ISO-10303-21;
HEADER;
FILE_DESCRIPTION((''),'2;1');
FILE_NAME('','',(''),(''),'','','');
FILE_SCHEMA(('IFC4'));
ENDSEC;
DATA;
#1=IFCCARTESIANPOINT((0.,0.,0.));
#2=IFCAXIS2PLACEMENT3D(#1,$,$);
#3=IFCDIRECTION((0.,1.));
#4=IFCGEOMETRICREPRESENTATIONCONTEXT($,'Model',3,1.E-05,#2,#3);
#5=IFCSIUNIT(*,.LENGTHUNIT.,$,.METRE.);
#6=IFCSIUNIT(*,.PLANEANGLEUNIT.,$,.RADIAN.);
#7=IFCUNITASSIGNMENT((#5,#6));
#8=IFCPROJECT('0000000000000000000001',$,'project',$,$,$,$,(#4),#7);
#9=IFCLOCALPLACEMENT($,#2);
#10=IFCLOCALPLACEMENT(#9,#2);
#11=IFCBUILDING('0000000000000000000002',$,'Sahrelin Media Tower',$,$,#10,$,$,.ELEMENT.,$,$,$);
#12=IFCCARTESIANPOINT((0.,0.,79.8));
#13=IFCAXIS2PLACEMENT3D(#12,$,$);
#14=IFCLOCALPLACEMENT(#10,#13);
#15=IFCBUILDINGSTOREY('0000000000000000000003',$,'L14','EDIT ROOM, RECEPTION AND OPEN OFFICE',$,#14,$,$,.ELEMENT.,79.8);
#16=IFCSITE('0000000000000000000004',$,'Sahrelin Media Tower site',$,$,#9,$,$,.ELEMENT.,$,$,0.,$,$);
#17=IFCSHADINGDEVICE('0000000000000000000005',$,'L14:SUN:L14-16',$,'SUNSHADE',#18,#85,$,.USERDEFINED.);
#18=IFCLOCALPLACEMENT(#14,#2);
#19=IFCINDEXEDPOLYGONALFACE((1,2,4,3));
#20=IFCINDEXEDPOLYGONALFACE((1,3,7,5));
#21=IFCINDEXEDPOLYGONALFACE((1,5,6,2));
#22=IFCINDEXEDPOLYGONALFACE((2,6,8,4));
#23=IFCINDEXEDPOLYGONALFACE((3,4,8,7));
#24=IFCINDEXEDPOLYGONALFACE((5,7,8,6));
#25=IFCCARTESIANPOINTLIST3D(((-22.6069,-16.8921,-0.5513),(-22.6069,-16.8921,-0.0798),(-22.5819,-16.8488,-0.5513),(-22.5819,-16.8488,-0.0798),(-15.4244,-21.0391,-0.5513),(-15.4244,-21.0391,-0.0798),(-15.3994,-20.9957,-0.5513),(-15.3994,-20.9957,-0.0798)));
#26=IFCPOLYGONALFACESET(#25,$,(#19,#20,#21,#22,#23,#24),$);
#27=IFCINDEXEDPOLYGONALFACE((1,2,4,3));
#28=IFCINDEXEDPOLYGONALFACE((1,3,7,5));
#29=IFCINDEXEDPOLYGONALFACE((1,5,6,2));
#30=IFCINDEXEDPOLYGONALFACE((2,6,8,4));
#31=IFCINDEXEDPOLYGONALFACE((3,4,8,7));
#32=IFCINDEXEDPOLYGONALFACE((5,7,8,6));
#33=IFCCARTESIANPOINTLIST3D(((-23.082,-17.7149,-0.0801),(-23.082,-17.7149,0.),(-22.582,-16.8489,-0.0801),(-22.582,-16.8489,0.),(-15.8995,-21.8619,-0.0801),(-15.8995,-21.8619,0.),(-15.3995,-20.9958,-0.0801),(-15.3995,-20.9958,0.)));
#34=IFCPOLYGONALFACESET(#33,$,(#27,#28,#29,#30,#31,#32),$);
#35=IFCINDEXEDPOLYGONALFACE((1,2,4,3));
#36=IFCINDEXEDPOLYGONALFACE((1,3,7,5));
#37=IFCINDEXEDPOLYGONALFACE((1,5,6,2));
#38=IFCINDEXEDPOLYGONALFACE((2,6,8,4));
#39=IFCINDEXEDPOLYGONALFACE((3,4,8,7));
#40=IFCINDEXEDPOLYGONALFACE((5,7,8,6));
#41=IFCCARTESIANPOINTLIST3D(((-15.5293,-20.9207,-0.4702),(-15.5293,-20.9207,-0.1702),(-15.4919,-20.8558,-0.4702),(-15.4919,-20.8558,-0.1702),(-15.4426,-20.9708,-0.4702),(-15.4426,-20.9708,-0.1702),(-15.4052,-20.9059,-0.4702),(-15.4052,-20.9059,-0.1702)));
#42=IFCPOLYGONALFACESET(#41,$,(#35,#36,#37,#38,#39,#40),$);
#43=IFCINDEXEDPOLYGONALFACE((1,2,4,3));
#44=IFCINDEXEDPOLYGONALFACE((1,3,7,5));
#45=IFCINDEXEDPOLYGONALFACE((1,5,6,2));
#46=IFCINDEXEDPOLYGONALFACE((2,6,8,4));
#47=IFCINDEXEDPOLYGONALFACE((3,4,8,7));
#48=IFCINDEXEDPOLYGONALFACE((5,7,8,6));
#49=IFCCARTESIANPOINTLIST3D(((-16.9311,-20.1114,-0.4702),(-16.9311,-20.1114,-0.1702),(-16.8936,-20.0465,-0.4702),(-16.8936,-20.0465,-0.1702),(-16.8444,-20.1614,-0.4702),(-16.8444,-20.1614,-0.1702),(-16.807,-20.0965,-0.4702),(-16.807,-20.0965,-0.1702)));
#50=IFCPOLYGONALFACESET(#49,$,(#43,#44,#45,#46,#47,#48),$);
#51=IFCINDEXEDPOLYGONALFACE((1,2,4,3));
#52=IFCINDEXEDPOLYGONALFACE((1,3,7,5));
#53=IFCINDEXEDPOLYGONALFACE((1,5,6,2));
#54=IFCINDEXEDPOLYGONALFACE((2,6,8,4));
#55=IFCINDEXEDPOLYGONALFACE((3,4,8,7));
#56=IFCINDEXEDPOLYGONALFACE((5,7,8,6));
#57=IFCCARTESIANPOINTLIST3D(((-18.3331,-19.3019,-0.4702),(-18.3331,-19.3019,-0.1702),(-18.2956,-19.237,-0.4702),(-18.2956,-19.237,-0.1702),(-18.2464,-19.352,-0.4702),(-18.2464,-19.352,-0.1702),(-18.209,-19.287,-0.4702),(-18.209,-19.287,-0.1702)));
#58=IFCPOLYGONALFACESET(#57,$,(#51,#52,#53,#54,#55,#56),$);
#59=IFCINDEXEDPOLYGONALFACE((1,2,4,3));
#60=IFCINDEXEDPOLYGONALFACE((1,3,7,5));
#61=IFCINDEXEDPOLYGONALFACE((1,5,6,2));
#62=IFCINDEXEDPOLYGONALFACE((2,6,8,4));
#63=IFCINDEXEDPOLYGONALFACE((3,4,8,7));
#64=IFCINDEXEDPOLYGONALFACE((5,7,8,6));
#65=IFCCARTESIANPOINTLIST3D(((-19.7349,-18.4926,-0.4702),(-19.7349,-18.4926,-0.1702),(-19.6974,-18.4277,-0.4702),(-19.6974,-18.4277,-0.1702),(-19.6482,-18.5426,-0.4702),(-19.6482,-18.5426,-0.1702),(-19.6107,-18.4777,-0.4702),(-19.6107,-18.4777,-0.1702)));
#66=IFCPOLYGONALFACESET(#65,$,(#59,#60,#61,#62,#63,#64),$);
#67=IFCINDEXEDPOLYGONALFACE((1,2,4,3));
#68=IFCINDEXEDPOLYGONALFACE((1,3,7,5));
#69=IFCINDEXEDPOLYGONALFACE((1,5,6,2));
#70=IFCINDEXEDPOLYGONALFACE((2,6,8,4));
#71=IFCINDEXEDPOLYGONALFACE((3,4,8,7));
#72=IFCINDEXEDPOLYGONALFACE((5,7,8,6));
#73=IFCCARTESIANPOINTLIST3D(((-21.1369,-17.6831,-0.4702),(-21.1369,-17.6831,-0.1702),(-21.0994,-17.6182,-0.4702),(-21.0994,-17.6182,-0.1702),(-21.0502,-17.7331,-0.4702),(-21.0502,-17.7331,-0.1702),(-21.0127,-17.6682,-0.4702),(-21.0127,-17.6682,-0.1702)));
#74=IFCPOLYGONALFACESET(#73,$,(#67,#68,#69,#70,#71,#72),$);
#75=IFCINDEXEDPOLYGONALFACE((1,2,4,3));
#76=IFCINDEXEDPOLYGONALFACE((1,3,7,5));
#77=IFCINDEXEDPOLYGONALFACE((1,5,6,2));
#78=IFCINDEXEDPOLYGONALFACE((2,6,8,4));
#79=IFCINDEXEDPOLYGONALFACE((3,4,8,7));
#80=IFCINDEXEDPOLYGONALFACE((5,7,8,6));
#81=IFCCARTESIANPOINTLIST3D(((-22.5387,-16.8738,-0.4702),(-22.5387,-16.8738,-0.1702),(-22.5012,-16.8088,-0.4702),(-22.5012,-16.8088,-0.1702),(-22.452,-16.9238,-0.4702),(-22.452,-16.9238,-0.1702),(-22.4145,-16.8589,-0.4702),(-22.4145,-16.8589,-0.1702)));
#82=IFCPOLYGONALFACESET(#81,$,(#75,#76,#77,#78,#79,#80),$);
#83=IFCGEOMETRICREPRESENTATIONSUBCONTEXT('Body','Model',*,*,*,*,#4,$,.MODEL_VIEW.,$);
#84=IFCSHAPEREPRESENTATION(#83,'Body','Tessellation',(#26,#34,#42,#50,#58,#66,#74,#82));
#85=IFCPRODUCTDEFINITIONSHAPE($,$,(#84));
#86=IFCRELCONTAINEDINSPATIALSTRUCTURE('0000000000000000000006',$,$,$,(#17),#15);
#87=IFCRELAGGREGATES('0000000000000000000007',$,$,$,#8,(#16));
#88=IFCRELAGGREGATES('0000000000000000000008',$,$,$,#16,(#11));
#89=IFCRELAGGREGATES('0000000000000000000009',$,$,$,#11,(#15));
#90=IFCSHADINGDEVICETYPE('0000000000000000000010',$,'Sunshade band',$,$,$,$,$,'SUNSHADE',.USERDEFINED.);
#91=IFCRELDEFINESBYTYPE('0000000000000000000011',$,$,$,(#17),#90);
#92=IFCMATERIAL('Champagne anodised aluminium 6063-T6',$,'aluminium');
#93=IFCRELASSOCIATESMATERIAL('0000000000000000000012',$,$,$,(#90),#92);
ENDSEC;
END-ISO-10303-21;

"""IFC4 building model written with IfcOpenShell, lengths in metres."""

from ifc_helpers import new_model, si_unit, direction, frame, origin, origin_2d, place, context, subcontext, project, spatial, rectangle, extrude, material, type_object, element, save


model = new_model("IFC4")

# Units and contexts
model_context = context("Model", 3, precision=1e-05, world=origin(), true_north=direction((0.0, 1.0)))
body_context = subcontext(model_context, "Body", "Model", "MODEL_VIEW")
ifc_project = project(units=[si_unit("LENGTHUNIT", "METRE"), si_unit("PLANEANGLEUNIT", "RADIAN")], contexts=[model_context])

# Site, building, storey
site_placement = place(None, origin())
site = spatial("IfcSite", under=ifc_project, at=site_placement, Name="Sahrelin Media Tower site", CompositionType="ELEMENT", RefElevation=0.0)
building_placement = place(site_placement, origin())
building = spatial("IfcBuilding", under=site, at=building_placement, Name="Sahrelin Media Tower", CompositionType="ELEMENT")
storey_placement = place(building_placement, frame((0.0, 0.0, 79.8)))
storey = spatial("IfcBuildingStorey", under=building, at=storey_placement, Name="L14", Description="EDIT ROOM, RECEPTION AND OPEN OFFICE", CompositionType="ELEMENT", Elevation=79.8)

# Shared definitions
ifc_material_1 = material(Name="Champagne anodised aluminium 6063-T6", Category="aluminium")

# Shading device
placement_1 = place(storey_placement, frame((-18.9807, -18.905, 0.0), z_axis=(0.0, 0.0, 1.0), x_axis=(-0.866019, 0.500011, 0.0)))
shading_device_type_1 = type_object("IfcShadingDeviceType", Name="Sunshade band", ElementType="SUNSHADE", PredefinedType="USERDEFINED", material=ifc_material_1)
element("IfcShadingDevice", 1, at=placement_1, inside=storey, type_object=shading_device_type_1, Name="L14:SUN:L14-16", ObjectType="SUNSHADE", PredefinedType="USERDEFINED", context=body_context, shape_type="SweptSolid", body=[
    extrude(rectangle(XDim=8.2937, YDim=0.05, at=origin_2d()), frame((0.0, 0.0449, -0.5513)), (0.0, 0.0, 1.0), 0.4714),
    extrude(rectangle(XDim=8.2937, YDim=1.0, at=origin_2d()), frame((0.0, 0.52, -0.0801)), (0.0, 0.0, 1.0), 0.0801),
    extrude(rectangle(XDim=0.1001, YDim=0.075, at=origin_2d()), frame((-4.0469, -0.0176, -0.4702)), (0.0, 0.0, 1.0), 0.3),
    extrude(rectangle(XDim=0.1001, YDim=0.075, at=origin_2d()), frame((-2.4282, -0.0176, -0.4702)), (0.0, 0.0, 1.0), 0.3),
    extrude(rectangle(XDim=0.1001, YDim=0.075, at=origin_2d()), frame((-0.8093, -0.0176, -0.4702)), (0.0, 0.0, 1.0), 0.3),
    extrude(rectangle(XDim=0.1001, YDim=0.075, at=origin_2d()), frame((0.8093, -0.0176, -0.4702)), (0.0, 0.0, 1.0), 0.3),
    extrude(rectangle(XDim=0.1001, YDim=0.075, at=origin_2d()), frame((2.4282, -0.0176, -0.4702)), (0.0, 0.0, 1.0), 0.3),
    extrude(rectangle(XDim=0.1001, YDim=0.075, at=origin_2d()), frame((4.0469, -0.0176, -0.4702)), (0.0, 0.0, 1.0), 0.3),
])

save(model, "model.ifc")
